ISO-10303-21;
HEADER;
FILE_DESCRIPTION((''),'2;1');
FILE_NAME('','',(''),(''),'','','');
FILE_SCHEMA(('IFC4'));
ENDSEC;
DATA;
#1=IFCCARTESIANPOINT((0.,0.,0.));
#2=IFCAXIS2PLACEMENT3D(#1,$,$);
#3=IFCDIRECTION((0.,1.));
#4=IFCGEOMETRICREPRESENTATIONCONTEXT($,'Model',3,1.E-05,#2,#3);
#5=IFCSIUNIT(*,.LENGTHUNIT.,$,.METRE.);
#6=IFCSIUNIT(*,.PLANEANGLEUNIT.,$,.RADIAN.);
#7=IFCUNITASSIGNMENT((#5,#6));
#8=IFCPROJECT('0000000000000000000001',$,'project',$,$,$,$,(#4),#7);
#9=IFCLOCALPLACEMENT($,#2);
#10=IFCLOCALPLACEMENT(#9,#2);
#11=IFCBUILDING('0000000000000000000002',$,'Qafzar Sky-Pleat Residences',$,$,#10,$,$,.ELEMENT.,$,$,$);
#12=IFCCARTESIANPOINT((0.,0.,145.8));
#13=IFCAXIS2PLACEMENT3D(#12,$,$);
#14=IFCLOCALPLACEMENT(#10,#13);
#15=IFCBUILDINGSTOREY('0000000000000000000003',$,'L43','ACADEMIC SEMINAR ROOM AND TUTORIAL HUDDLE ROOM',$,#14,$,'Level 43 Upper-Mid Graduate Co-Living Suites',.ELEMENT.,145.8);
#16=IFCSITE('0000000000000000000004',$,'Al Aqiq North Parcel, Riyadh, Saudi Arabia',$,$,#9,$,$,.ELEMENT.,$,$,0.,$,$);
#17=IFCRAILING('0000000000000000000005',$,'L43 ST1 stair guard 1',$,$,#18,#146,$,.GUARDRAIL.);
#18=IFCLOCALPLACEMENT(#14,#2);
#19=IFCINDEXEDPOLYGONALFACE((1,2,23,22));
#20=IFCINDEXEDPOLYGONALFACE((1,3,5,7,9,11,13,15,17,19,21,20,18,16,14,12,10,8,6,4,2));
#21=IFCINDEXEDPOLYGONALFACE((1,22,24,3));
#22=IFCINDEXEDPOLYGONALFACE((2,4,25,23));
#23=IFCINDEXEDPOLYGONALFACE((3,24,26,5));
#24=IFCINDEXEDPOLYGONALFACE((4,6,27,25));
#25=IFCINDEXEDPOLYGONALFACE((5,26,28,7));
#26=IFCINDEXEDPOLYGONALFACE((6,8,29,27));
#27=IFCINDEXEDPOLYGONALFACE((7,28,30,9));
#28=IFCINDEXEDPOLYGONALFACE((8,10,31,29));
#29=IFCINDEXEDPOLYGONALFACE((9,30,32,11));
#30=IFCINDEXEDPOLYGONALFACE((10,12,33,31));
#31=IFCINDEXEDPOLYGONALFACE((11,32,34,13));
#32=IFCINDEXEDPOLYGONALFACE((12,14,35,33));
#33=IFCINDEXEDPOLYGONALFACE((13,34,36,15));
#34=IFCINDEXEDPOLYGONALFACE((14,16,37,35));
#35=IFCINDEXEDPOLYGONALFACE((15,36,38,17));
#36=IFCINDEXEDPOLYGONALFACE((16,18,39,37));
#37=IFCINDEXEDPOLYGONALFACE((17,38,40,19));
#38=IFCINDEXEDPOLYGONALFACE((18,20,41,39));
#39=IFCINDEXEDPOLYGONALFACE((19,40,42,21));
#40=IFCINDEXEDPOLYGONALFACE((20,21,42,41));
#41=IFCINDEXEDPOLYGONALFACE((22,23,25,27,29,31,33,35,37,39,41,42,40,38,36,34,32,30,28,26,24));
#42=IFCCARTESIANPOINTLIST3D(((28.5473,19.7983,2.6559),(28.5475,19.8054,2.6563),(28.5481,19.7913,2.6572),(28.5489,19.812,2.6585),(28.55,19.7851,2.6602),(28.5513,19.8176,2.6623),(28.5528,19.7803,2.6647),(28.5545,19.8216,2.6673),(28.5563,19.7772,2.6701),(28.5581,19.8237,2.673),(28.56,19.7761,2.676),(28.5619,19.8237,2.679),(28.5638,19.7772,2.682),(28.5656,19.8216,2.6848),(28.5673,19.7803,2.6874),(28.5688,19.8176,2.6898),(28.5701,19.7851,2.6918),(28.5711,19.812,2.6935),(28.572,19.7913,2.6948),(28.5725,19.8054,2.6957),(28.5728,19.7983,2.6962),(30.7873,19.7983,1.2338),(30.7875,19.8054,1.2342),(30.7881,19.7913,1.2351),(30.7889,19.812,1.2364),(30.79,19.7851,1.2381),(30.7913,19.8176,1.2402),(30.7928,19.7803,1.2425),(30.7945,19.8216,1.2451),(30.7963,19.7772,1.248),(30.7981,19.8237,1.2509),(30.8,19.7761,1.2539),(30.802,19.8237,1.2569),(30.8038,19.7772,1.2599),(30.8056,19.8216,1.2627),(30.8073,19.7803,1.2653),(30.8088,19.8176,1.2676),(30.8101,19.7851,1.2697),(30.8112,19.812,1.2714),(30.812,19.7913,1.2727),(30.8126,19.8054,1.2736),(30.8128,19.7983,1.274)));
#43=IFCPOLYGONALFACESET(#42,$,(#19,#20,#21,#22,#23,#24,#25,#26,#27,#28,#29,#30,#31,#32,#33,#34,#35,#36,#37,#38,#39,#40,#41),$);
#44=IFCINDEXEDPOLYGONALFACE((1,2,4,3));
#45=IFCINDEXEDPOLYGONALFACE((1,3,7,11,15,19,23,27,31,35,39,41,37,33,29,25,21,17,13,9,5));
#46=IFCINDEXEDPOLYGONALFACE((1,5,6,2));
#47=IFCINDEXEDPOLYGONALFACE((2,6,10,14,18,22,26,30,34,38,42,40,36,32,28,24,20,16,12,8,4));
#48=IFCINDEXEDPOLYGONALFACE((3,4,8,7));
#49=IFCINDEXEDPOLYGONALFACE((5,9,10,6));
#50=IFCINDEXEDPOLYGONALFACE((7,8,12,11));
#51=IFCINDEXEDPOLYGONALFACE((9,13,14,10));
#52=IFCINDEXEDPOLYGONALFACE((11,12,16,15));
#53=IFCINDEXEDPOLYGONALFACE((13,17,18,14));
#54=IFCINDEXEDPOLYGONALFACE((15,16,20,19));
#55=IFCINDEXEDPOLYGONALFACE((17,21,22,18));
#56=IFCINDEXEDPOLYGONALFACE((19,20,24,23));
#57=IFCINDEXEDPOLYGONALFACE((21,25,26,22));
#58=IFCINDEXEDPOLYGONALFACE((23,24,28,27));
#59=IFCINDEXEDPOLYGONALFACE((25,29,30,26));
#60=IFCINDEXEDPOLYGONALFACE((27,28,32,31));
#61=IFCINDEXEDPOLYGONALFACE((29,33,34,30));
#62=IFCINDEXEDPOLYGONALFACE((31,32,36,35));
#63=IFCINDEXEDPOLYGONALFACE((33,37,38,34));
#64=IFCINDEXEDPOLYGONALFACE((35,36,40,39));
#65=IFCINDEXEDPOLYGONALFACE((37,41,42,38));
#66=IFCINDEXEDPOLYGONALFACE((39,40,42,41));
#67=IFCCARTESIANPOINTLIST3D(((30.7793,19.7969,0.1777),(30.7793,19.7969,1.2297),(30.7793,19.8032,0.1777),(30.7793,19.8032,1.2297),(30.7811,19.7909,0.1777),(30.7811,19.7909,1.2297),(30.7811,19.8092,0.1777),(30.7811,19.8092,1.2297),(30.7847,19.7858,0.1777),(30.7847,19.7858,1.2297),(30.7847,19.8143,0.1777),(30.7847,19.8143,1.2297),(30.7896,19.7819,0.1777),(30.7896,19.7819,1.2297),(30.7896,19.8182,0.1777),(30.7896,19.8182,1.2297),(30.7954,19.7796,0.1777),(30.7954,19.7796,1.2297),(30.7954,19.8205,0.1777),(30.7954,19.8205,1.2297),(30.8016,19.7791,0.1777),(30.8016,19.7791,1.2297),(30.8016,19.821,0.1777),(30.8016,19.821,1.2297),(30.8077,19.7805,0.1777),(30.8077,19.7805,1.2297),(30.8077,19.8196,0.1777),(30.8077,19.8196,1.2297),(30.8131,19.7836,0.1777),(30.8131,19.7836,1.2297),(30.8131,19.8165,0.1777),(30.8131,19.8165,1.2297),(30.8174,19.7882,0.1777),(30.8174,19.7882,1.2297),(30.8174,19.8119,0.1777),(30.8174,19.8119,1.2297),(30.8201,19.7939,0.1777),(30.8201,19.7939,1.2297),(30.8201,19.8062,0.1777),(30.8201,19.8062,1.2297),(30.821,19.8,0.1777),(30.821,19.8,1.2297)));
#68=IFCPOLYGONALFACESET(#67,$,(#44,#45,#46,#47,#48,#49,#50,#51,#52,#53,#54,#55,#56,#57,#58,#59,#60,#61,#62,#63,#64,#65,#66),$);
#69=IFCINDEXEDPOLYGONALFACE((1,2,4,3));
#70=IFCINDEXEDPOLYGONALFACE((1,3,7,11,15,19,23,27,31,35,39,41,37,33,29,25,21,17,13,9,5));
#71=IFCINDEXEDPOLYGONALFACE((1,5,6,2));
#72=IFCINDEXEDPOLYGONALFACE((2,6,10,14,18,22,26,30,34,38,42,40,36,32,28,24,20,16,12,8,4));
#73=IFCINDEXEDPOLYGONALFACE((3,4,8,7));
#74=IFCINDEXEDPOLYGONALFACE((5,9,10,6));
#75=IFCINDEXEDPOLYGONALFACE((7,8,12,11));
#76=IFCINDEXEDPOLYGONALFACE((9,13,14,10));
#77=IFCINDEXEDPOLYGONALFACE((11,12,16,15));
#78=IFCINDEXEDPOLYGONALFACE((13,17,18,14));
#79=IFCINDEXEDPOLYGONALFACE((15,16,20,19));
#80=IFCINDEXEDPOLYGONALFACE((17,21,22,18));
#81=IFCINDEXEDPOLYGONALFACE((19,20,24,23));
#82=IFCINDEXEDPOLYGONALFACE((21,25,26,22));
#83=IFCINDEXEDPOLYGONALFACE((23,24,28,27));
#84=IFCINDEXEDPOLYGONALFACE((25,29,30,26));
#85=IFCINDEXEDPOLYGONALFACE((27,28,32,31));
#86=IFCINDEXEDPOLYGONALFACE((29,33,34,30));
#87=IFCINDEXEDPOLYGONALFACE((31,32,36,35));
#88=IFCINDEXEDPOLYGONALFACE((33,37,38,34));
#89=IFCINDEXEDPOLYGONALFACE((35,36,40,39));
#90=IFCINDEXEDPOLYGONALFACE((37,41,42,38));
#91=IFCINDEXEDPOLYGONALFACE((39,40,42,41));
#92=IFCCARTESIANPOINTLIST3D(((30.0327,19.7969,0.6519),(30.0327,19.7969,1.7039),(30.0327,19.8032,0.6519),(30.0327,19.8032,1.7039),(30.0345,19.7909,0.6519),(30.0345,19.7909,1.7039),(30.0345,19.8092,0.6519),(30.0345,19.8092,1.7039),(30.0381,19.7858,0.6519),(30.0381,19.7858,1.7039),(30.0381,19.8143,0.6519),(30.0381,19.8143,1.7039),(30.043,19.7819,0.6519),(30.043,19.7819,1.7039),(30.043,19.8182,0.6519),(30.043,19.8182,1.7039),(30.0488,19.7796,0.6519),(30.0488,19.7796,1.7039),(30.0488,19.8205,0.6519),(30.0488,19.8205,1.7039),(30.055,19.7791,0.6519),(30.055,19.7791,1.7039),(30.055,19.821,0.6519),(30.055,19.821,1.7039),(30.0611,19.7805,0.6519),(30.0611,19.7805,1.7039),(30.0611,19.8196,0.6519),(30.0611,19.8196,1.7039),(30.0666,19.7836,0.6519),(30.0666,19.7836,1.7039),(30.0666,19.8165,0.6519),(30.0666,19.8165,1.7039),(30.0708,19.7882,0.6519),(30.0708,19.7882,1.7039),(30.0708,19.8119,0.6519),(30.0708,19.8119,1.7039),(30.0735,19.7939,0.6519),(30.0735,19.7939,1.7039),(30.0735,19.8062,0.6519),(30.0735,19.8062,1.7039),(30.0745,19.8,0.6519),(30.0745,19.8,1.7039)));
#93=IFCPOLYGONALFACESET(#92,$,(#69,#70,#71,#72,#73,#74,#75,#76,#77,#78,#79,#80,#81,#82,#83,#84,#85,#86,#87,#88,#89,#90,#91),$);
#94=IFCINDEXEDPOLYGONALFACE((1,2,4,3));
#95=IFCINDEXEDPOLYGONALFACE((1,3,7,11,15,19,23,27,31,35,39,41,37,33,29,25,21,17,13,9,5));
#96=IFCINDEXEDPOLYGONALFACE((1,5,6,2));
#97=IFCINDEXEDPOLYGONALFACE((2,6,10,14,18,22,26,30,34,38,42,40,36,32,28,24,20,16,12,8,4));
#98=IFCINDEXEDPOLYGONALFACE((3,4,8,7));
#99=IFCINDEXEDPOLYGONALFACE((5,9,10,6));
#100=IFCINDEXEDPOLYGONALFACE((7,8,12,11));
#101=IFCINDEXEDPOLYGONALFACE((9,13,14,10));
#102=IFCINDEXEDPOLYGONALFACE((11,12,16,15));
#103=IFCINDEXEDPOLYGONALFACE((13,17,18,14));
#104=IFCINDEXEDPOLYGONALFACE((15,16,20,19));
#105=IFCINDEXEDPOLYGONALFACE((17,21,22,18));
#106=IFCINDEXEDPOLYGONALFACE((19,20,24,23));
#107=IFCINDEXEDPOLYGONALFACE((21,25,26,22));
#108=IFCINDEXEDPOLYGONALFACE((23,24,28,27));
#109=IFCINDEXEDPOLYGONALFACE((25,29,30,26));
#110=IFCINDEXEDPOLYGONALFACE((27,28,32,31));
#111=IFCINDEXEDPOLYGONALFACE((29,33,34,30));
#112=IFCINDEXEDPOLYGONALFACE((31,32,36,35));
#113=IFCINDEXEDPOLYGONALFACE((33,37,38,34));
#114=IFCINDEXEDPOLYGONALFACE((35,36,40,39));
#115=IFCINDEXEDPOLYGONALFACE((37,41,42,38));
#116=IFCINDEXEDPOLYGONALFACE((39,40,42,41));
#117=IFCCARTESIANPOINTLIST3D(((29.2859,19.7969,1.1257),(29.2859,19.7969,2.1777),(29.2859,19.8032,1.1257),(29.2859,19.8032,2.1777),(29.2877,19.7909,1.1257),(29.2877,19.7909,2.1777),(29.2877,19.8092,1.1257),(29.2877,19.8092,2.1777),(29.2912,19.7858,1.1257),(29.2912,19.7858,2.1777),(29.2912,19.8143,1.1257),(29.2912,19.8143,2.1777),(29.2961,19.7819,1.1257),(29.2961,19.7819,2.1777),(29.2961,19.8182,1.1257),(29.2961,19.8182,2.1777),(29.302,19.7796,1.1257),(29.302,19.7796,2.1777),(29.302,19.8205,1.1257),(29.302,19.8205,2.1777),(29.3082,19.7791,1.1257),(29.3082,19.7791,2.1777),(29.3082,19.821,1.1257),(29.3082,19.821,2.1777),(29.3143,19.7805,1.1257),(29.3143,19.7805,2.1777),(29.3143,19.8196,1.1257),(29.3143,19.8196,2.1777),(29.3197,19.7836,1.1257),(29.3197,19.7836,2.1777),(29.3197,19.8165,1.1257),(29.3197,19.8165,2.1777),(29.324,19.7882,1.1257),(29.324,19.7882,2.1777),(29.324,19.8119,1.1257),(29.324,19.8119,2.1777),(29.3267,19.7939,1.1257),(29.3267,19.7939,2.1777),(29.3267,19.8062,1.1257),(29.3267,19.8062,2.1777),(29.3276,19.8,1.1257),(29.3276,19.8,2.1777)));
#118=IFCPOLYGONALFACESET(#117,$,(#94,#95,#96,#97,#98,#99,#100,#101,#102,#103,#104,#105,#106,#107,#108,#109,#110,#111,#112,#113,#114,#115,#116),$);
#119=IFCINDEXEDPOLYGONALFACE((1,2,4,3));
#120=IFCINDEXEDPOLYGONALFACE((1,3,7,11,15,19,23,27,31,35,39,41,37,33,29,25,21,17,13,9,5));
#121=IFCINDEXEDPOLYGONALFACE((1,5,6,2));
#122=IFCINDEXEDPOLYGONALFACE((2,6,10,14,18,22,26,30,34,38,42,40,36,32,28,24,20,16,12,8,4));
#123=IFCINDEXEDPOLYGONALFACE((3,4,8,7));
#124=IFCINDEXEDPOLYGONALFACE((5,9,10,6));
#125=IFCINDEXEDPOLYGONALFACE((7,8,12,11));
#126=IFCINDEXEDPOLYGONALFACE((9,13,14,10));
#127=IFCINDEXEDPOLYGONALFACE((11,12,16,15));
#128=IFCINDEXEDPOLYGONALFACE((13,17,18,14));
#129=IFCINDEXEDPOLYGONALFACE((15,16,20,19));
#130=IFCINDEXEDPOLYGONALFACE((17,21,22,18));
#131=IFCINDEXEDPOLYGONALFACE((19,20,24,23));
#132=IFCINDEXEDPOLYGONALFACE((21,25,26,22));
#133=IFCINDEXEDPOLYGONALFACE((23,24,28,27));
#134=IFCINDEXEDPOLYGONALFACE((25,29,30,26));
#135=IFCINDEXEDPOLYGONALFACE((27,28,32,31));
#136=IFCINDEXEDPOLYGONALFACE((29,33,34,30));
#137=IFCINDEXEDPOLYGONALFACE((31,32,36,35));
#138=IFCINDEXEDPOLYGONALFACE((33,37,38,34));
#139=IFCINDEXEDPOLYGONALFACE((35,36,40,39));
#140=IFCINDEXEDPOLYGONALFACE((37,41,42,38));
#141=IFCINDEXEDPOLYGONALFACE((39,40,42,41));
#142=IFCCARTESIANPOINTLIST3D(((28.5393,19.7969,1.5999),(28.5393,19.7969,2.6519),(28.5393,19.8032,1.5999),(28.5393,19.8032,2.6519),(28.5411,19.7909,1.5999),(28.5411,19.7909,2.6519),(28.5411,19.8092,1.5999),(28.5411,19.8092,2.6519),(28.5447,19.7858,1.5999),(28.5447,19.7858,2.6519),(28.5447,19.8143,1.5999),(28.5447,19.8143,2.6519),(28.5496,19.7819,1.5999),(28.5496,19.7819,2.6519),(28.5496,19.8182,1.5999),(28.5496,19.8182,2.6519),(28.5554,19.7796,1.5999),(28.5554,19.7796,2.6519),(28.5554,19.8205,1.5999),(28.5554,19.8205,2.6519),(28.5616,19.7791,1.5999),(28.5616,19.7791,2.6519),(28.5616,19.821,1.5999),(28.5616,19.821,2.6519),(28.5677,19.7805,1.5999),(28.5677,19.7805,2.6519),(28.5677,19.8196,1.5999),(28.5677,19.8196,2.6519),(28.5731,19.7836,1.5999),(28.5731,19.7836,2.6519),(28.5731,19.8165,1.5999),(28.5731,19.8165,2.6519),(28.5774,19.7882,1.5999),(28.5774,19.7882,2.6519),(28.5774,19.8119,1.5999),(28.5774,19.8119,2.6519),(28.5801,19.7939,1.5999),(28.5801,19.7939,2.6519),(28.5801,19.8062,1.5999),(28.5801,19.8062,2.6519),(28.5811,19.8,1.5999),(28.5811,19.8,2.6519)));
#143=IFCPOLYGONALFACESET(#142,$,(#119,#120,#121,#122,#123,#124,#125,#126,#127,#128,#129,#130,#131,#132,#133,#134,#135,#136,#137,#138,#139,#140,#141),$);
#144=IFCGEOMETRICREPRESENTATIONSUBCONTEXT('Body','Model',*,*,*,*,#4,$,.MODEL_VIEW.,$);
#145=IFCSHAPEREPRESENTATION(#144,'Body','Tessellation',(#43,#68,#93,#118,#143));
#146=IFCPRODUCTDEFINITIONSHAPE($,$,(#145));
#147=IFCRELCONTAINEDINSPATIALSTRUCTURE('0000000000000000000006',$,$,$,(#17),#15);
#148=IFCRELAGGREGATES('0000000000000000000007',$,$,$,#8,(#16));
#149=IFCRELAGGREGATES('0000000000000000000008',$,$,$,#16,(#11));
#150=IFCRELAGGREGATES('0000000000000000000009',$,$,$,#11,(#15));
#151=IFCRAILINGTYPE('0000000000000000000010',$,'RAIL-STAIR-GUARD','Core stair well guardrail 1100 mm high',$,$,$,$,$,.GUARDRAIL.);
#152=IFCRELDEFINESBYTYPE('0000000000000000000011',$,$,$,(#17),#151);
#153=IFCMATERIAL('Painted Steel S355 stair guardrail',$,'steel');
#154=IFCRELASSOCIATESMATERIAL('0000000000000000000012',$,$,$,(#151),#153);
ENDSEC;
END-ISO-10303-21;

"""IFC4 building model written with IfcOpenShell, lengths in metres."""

from ifc_helpers import new_model, si_unit, direction, frame, origin, origin_2d, place, context, subcontext, project, spatial, circle, extrude, source, transform, mapped, material, type_object, element, save


model = new_model("IFC4")

# Units and contexts
model_context = context("Model", 3, precision=1e-05, world=origin(), true_north=direction((0.0, 1.0)))
body_context = subcontext(model_context, "Body", "Model", "MODEL_VIEW")
ifc_project = project(units=[si_unit("LENGTHUNIT", "METRE"), si_unit("PLANEANGLEUNIT", "RADIAN")], contexts=[model_context])

# Site, building, storey
site_placement = place(None, origin())
site = spatial("IfcSite", under=ifc_project, at=site_placement, Name="Al Aqiq North Parcel, Riyadh, Saudi Arabia", CompositionType="ELEMENT", RefElevation=0.0)
building_placement = place(site_placement, origin())
building = spatial("IfcBuilding", under=site, at=building_placement, Name="Qafzar Sky-Pleat Residences", CompositionType="ELEMENT")
storey_placement = place(building_placement, frame((0.0, 0.0, 145.8)))
storey = spatial("IfcBuildingStorey", under=building, at=storey_placement, Name="L43", Description="ACADEMIC SEMINAR ROOM AND TUTORIAL HUDDLE ROOM", LongName="Level 43 Upper-Mid Graduate Co-Living Suites", CompositionType="ELEMENT", Elevation=145.8)

# Railing
ifc_material_1 = material(Name="Painted Steel S355 stair guardrail", Category="steel")
railing_type_1 = type_object("IfcRailingType", Name="RAIL-STAIR-GUARD", Description="Core stair well guardrail 1100 mm high", PredefinedType="GUARDRAIL", material=ifc_material_1)
shared_shape_1 = source(origin(), body_context, "Body", "SweptSolid", [
    extrude(circle(Radius=0.0239, at=origin_2d()), frame((0.0, 0.0, 1.0762), z_axis=(-0.844229, 0.0, 0.535982), x_axis=(0.0, -1.0, 0.0)), (0.0, 0.0, 1.0), 2.6533),
    extrude(circle(Radius=0.021, at=origin_2d()), origin(), (0.0, 0.0, 1.0), 1.052),
    extrude(circle(Radius=0.021, at=origin_2d()), frame((-0.7466, 0.0, 0.4741)), (0.0, 0.0, 1.0), 1.052),
    extrude(circle(Radius=0.021, at=origin_2d()), frame((-1.4934, 0.0, 0.948)), (0.0, 0.0, 1.0), 1.052),
    extrude(circle(Radius=0.021, at=origin_2d()), frame((-2.24, 0.0, 1.4221)), (0.0, 0.0, 1.0), 1.052),
])
railing_1_placement = place(storey_placement, frame((30.8, 19.8, 0.1777)))
element("IfcRailing", 1, at=railing_1_placement, inside=storey, type_object=railing_type_1, Name="L43 ST1 stair guard 1", PredefinedType="GUARDRAIL", context=body_context, shape_type="MappedRepresentation", body=[
    mapped(shared_shape_1, transform((0.0, 0.0, 0.0), x_axis=(1.0, 0.0, 0.0), y_axis=(0.0, 1.0, 0.0), z_axis=(0.0, 0.0, 1.0), scale=1.0)),
])

save(model, "model.ifc")
